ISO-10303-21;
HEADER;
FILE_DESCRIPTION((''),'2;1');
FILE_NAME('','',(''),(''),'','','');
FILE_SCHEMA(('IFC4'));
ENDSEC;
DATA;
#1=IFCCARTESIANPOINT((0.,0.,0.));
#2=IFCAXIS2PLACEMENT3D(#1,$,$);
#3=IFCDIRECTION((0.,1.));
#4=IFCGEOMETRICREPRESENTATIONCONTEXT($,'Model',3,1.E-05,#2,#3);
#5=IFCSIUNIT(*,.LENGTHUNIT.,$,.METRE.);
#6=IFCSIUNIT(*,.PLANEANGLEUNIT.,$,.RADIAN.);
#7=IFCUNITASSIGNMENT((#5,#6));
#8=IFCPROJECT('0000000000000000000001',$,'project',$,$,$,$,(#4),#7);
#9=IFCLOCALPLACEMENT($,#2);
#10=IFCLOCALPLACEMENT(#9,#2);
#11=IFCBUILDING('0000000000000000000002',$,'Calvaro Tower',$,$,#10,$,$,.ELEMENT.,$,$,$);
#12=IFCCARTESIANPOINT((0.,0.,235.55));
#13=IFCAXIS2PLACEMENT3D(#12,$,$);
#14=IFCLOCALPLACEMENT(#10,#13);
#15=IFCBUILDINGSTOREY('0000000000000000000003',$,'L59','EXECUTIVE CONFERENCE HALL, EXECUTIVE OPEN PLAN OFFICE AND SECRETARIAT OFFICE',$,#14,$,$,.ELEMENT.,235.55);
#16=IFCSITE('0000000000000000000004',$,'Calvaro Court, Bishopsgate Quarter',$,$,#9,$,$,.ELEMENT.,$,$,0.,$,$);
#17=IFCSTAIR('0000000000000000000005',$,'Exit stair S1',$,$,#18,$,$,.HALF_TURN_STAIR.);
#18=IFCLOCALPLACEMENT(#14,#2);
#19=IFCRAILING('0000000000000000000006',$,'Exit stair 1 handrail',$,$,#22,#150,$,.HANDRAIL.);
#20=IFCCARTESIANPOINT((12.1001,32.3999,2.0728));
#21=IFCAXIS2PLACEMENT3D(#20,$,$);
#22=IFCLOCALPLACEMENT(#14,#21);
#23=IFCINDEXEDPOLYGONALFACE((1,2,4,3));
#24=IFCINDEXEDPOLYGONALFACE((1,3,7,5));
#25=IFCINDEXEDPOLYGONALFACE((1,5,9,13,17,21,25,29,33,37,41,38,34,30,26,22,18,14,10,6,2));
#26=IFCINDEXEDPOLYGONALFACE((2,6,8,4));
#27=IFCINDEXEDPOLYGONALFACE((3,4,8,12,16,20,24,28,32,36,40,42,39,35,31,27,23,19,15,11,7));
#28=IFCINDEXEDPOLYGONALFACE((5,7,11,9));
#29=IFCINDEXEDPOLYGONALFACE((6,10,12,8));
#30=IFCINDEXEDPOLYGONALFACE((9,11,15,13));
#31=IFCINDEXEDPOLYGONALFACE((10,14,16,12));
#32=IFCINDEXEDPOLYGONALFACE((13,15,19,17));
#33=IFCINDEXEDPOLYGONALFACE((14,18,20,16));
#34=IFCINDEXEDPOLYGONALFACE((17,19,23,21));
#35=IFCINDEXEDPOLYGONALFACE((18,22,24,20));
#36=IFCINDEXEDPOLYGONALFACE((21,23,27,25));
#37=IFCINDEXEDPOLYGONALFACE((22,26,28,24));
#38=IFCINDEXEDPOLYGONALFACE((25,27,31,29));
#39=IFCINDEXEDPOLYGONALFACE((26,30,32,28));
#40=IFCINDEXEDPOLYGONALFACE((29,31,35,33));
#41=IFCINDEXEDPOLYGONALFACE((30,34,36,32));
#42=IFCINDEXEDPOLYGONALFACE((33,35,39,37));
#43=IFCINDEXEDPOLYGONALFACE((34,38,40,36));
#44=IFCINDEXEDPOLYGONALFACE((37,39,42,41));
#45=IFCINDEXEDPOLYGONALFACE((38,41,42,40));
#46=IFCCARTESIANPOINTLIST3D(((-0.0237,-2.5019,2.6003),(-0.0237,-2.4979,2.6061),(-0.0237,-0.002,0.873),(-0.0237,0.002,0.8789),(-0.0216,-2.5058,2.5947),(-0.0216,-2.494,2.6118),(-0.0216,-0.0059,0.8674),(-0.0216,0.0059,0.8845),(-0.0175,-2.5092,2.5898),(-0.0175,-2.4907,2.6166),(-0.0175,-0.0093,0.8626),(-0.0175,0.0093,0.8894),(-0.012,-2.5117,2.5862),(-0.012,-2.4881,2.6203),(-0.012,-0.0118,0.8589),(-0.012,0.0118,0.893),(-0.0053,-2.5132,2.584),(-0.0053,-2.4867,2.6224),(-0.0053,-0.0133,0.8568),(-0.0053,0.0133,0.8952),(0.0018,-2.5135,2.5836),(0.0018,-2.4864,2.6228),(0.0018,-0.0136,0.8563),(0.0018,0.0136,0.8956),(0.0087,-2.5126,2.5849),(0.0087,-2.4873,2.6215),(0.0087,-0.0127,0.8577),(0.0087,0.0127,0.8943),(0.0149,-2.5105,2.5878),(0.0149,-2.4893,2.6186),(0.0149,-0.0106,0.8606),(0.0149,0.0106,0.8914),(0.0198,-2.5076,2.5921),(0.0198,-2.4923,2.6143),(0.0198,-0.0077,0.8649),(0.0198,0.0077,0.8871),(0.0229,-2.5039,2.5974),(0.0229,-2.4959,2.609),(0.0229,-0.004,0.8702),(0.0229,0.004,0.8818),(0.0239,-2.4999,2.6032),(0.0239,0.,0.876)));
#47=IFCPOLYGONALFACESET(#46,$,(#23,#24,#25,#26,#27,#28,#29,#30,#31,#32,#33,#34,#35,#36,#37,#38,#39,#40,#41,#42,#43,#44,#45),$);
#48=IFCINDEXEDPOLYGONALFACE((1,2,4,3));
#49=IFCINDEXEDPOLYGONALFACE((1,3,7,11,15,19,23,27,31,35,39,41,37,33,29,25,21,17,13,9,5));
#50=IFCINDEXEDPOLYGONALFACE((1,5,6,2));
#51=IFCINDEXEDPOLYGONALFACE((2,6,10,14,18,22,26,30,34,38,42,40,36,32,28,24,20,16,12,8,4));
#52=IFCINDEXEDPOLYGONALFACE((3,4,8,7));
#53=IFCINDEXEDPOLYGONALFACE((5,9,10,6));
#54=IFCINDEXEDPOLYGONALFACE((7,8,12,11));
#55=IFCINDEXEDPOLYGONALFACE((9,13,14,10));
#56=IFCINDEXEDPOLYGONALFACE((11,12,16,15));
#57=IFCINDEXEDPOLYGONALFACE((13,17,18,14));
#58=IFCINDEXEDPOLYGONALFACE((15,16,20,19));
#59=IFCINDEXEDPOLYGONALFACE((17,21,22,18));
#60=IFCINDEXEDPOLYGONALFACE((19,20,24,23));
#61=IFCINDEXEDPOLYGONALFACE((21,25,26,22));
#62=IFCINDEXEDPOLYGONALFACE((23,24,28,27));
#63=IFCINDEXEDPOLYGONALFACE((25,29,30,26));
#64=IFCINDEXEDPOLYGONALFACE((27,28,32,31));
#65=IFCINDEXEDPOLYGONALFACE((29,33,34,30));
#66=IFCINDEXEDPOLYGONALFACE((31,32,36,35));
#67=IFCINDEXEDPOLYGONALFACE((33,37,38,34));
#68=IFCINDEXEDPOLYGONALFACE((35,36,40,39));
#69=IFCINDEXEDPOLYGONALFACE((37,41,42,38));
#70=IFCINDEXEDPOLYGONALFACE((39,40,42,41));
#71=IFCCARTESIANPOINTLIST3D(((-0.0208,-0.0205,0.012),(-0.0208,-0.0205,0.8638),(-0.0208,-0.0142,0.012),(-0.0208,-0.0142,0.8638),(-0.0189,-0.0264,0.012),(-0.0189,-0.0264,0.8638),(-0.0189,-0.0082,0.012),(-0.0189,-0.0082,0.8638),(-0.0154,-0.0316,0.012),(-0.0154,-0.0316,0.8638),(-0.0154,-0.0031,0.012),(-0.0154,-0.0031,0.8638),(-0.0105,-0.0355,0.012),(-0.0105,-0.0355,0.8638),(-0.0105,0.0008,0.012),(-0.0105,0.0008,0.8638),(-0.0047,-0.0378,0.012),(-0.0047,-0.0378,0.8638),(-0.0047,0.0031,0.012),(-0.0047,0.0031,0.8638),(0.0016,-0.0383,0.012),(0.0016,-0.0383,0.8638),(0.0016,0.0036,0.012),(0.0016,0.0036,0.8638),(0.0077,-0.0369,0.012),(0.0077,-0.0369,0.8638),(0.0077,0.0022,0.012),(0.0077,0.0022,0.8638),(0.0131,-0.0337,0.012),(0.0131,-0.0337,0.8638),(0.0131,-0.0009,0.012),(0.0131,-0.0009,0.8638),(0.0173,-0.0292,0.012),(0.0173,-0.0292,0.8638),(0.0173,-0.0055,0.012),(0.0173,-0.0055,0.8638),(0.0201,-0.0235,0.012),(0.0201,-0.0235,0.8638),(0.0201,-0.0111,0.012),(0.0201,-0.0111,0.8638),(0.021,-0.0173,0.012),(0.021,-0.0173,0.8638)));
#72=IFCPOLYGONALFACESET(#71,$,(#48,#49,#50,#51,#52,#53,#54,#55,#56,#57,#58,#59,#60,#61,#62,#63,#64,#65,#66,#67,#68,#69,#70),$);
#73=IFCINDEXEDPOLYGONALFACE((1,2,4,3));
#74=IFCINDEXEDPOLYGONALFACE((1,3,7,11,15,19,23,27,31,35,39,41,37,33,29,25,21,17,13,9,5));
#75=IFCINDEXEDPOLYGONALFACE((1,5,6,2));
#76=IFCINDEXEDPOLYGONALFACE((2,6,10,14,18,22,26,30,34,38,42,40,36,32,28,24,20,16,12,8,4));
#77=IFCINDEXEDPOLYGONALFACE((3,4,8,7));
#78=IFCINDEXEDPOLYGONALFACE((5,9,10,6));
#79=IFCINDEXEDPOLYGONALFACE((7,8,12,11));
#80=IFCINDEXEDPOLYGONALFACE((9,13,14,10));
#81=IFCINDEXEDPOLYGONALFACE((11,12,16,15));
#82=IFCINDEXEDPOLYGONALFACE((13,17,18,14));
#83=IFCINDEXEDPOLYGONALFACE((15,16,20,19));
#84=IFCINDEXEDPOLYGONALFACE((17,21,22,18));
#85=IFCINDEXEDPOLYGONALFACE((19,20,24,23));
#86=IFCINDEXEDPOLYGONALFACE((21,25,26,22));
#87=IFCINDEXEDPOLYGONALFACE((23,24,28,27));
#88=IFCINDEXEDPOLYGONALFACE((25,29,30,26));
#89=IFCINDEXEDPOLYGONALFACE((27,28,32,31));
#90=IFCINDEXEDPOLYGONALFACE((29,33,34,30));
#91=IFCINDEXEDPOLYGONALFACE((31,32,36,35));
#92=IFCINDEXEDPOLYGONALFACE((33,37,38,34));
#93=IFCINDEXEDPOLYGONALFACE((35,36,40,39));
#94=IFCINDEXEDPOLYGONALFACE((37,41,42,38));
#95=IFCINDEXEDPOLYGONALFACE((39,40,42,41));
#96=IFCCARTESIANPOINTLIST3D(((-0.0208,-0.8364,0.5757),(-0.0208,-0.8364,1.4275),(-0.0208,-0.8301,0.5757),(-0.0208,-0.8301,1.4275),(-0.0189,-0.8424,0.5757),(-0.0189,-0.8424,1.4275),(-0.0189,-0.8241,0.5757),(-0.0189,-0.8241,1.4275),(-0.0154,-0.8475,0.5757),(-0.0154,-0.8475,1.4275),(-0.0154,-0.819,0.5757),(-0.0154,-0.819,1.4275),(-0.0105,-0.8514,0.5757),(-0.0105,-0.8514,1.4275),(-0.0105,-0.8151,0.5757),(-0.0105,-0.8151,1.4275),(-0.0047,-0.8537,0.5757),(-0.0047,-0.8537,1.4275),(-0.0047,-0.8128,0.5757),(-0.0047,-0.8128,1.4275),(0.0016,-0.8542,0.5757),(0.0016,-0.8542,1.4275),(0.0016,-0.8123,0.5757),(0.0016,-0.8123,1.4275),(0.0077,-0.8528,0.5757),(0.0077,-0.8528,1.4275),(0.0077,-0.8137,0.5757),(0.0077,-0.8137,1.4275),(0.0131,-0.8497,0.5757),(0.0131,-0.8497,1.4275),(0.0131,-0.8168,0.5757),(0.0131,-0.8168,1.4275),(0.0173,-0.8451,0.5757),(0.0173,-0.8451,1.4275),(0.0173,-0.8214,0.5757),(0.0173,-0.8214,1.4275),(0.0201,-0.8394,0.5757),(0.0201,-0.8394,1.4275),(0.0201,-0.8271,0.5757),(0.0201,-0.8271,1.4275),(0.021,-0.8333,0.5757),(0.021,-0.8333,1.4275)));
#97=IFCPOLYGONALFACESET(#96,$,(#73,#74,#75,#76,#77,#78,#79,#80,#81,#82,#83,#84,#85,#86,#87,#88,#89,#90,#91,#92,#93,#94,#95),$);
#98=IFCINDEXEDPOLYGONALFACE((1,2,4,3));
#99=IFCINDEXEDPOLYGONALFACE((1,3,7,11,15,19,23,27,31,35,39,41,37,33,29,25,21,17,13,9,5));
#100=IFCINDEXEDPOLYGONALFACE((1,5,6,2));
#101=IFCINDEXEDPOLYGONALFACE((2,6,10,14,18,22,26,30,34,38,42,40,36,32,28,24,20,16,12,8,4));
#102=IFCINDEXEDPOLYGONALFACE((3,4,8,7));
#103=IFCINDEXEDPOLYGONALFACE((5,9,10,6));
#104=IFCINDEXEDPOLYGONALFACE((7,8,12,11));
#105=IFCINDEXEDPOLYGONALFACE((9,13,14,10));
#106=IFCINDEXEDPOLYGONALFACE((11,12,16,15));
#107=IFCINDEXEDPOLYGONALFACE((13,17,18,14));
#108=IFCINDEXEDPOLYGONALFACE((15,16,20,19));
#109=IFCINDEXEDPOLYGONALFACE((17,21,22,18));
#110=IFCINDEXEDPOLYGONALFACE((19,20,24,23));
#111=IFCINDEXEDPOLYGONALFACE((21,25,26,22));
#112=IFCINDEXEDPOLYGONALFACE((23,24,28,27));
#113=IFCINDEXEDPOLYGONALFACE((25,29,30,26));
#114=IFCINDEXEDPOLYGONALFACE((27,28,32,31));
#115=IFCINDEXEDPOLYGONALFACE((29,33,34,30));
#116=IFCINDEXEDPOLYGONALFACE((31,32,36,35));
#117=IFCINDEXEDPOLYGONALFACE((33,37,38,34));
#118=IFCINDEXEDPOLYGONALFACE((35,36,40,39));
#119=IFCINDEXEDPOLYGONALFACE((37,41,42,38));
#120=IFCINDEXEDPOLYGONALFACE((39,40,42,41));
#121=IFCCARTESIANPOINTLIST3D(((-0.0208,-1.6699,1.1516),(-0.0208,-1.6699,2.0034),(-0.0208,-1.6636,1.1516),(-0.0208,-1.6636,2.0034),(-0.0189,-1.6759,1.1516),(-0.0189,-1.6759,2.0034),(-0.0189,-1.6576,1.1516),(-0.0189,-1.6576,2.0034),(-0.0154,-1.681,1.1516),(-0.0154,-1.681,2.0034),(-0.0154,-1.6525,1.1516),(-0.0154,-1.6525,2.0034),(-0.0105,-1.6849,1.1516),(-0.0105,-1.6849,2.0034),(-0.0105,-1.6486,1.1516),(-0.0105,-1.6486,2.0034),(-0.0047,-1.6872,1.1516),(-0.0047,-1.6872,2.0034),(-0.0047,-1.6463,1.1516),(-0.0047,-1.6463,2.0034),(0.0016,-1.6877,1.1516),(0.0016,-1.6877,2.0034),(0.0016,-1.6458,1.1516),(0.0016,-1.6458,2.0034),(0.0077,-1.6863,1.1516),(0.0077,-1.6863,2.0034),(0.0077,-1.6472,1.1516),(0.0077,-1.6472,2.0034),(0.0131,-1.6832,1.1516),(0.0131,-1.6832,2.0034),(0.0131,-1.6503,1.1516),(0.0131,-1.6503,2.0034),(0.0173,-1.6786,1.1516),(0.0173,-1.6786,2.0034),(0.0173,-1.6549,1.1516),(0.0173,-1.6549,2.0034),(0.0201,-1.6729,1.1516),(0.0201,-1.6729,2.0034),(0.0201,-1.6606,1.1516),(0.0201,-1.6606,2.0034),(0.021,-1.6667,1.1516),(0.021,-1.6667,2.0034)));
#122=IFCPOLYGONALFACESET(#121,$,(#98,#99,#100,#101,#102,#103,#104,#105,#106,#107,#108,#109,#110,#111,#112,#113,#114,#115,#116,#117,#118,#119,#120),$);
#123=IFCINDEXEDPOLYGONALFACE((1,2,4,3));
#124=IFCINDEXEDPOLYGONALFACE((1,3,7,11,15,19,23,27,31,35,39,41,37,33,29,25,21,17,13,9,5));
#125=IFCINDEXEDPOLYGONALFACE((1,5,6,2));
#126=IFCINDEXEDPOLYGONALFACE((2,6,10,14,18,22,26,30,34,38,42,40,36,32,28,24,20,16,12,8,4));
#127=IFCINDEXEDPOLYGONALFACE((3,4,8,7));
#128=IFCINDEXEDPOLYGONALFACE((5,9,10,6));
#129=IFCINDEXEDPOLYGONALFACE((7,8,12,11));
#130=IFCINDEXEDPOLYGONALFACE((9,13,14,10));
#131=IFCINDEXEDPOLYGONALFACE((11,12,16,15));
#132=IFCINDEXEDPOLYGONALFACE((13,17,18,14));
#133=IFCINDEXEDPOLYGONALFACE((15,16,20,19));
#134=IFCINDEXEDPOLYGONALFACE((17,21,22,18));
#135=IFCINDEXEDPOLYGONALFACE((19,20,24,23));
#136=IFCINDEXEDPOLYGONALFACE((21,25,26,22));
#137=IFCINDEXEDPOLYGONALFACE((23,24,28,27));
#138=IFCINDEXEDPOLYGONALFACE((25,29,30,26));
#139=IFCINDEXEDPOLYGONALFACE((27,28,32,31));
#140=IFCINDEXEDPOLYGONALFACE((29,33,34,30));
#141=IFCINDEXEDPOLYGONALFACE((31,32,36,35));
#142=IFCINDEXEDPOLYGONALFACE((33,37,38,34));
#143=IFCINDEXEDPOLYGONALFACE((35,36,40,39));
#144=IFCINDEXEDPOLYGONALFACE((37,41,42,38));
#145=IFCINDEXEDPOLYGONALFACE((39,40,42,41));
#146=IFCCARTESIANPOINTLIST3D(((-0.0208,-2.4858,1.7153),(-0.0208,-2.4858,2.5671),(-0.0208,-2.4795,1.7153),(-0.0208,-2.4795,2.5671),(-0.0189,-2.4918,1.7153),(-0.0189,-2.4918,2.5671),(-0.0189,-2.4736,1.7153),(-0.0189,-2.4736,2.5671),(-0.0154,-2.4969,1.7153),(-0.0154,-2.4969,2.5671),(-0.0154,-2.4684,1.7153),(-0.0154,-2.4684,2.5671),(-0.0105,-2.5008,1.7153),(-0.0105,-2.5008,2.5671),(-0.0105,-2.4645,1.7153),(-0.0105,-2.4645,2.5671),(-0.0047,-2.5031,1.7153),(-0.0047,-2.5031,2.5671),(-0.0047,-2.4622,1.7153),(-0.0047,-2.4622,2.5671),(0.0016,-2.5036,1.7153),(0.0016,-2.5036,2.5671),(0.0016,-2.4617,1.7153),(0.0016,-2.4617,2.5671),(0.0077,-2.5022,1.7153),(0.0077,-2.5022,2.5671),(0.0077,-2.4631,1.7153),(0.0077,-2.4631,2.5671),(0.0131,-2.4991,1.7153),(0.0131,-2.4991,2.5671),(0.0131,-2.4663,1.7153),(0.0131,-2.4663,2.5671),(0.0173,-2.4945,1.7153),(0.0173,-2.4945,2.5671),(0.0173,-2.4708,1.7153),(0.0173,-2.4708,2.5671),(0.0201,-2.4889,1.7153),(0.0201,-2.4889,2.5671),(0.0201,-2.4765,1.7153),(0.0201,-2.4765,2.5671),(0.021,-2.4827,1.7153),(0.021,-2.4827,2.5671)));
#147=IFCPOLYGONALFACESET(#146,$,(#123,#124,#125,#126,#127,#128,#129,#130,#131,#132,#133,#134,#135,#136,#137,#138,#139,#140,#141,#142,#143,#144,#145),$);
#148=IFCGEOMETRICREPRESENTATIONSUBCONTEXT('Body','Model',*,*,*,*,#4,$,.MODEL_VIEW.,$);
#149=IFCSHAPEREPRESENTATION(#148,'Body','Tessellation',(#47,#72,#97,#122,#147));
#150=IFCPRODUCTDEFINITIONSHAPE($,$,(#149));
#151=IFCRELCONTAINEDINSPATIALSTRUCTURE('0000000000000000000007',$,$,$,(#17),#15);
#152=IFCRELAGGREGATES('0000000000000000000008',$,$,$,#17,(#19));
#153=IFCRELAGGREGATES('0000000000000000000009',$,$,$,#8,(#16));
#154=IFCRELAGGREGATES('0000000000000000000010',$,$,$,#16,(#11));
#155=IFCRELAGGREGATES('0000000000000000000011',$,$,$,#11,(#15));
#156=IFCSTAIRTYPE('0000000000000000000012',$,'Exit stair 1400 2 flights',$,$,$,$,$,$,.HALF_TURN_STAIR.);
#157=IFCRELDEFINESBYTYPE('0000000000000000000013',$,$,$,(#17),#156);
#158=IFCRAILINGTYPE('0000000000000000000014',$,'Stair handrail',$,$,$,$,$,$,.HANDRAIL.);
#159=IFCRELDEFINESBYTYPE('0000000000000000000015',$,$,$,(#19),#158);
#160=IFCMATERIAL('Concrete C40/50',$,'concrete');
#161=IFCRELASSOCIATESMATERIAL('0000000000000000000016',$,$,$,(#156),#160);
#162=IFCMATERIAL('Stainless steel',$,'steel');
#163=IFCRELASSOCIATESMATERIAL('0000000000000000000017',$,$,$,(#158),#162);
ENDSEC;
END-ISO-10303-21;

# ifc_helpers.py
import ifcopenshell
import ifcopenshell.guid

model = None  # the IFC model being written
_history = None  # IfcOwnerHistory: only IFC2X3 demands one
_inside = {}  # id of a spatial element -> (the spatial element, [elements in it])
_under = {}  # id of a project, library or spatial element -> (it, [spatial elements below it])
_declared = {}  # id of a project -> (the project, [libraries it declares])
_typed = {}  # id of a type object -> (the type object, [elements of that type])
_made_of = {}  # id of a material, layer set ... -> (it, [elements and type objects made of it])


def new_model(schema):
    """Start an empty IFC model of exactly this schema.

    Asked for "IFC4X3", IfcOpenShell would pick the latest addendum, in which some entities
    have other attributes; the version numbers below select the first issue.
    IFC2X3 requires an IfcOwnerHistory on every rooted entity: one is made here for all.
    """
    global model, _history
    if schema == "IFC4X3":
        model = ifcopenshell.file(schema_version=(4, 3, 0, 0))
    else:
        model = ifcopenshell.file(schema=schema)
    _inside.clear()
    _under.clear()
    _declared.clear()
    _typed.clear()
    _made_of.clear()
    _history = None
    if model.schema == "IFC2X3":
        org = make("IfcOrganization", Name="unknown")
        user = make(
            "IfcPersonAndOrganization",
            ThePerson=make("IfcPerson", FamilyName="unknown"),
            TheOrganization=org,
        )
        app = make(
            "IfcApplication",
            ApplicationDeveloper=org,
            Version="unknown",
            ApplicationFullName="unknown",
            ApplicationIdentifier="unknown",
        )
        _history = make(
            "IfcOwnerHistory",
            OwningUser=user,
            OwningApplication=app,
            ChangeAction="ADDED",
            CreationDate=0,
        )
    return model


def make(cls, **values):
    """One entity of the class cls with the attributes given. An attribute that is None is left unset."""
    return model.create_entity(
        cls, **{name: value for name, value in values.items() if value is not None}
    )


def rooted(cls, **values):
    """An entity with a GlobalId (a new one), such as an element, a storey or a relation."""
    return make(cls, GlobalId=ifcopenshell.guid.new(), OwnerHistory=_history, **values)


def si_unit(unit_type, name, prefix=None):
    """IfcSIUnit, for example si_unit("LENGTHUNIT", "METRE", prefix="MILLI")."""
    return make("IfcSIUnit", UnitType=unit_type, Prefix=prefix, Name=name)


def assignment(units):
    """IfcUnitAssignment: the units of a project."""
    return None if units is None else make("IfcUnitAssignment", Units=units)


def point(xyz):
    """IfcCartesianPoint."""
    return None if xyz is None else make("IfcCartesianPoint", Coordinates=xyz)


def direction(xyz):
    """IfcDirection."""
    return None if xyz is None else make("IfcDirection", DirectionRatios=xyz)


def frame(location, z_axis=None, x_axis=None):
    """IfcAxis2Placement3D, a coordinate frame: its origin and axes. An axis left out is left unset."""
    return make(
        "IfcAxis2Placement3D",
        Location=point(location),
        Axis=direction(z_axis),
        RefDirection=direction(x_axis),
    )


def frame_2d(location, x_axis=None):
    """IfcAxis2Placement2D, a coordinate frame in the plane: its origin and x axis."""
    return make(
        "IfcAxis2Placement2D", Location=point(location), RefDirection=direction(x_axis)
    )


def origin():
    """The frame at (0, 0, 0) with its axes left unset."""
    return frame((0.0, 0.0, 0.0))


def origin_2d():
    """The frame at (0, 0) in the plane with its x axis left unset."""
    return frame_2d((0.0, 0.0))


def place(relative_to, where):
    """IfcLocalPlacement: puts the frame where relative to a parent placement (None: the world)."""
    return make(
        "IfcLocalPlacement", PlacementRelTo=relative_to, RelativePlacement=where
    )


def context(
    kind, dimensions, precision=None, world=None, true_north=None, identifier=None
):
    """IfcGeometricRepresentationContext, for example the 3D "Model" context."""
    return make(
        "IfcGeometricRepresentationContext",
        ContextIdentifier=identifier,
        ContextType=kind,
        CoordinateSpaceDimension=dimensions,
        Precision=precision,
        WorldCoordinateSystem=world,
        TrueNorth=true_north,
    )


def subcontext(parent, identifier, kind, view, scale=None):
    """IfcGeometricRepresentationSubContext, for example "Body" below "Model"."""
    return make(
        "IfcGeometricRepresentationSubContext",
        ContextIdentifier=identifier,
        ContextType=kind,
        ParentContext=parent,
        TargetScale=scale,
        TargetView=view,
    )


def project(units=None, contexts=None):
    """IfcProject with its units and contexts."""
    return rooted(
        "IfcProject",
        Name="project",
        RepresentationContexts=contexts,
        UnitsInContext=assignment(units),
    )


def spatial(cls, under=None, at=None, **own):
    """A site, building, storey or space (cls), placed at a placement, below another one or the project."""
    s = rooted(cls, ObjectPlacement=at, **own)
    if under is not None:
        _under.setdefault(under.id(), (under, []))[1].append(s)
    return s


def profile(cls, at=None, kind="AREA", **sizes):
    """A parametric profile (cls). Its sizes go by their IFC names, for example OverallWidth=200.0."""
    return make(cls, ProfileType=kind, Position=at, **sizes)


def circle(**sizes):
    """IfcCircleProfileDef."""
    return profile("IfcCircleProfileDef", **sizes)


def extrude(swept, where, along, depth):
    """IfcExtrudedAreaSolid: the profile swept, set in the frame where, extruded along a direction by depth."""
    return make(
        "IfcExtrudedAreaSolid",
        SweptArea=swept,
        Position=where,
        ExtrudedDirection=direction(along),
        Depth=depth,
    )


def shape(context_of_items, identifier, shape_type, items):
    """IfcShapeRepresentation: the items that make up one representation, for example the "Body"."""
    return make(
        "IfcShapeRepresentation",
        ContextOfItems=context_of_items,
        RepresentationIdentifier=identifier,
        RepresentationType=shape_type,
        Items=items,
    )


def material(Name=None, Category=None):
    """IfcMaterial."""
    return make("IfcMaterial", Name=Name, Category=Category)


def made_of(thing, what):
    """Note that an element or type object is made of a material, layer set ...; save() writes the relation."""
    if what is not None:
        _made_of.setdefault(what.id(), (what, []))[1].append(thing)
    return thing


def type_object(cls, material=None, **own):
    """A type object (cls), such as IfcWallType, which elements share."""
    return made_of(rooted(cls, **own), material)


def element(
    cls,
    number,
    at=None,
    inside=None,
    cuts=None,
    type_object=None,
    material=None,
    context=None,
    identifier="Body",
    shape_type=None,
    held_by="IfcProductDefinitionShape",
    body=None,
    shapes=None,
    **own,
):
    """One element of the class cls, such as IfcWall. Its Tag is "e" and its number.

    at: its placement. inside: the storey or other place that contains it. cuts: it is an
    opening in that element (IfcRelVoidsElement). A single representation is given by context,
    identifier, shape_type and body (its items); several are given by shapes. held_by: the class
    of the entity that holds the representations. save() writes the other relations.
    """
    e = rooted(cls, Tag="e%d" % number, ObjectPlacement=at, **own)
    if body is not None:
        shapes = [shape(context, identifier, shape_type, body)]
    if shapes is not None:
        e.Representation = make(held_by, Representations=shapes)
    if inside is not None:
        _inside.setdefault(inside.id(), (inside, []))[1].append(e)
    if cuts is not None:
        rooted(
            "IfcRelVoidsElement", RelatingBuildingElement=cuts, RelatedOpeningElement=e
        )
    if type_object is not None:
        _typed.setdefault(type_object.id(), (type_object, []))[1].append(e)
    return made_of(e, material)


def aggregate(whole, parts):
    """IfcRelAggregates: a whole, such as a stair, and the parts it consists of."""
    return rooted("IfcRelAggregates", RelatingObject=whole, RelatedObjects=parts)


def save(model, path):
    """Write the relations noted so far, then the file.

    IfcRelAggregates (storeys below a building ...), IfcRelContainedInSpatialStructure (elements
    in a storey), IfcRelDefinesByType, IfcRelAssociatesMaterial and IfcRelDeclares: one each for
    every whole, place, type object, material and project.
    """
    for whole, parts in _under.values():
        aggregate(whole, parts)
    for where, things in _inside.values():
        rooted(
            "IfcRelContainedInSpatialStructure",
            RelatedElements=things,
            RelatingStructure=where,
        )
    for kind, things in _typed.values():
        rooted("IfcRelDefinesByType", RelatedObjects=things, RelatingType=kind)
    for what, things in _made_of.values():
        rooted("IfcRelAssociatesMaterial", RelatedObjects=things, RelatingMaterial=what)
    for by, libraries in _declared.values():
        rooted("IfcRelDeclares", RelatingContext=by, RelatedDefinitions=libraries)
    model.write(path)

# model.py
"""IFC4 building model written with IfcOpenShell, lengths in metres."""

from ifc_helpers import new_model, si_unit, direction, frame, origin, origin_2d, place, context, subcontext, project, spatial, circle, extrude, material, type_object, element, aggregate, save


model = new_model("IFC4")

# Units and contexts
model_context = context("Model", 3, precision=1e-05, world=origin(), true_north=direction((0.0, 1.0)))
body_context = subcontext(model_context, "Body", "Model", "MODEL_VIEW")
ifc_project = project(units=[si_unit("LENGTHUNIT", "METRE"), si_unit("PLANEANGLEUNIT", "RADIAN")], contexts=[model_context])

# Site, building, storey
site_placement = place(None, origin())
site = spatial("IfcSite", under=ifc_project, at=site_placement, Name="Calvaro Court, Bishopsgate Quarter", CompositionType="ELEMENT", RefElevation=0.0)
building_placement = place(site_placement, origin())
building = spatial("IfcBuilding", under=site, at=building_placement, Name="Calvaro Tower", CompositionType="ELEMENT")
storey_placement = place(building_placement, frame((0.0, 0.0, 235.55)))
storey = spatial("IfcBuildingStorey", under=building, at=storey_placement, Name="L59", Description="EXECUTIVE CONFERENCE HALL, EXECUTIVE OPEN PLAN OFFICE AND SECRETARIAT OFFICE", CompositionType="ELEMENT", Elevation=235.55)

# Stair, railing
ifc_material_1 = material(Name="Concrete C40/50", Category="concrete")
stair_type = type_object("IfcStairType", Name="Exit stair 1400 2 flights", PredefinedType="HALF_TURN_STAIR", material=ifc_material_1)
stair_placement = place(storey_placement, origin())
stair = element("IfcStair", 1, at=stair_placement, inside=storey, type_object=stair_type, Name="Exit stair S1", PredefinedType="HALF_TURN_STAIR")
ifc_material_2 = material(Name="Stainless steel", Category="steel")
railing_type = type_object("IfcRailingType", Name="Stair handrail", PredefinedType="HANDRAIL", material=ifc_material_2)
railing_placement = place(storey_placement, frame((12.1001, 32.3999, 2.0728)))
railing = element("IfcRailing", 2, at=railing_placement, type_object=railing_type, Name="Exit stair 1 handrail", PredefinedType="HANDRAIL", context=body_context, shape_type="SweptSolid", body=[
    extrude(circle(Radius=0.0239, at=origin_2d()), frame((0.0, 0.0, 0.876), z_axis=(0.0, -0.822727, 0.568437), x_axis=(1.0, 0.0, 0.0)), (0.0, 0.0, 1.0), 3.0386),
    extrude(circle(Radius=0.021, at=origin_2d()), frame((0.0, -0.0173, 0.012)), (0.0, 0.0, 1.0), 0.8518),
    extrude(circle(Radius=0.021, at=origin_2d()), frame((0.0, -0.8333, 0.5757)), (0.0, 0.0, 1.0), 0.8518),
    extrude(circle(Radius=0.021, at=origin_2d()), frame((0.0, -1.6667, 1.1516)), (0.0, 0.0, 1.0), 0.8518),
    extrude(circle(Radius=0.021, at=origin_2d()), frame((0.0, -2.4827, 1.7153)), (0.0, 0.0, 1.0), 0.8518),
])
aggregate(stair, [railing])

save(model, "model.ifc")
